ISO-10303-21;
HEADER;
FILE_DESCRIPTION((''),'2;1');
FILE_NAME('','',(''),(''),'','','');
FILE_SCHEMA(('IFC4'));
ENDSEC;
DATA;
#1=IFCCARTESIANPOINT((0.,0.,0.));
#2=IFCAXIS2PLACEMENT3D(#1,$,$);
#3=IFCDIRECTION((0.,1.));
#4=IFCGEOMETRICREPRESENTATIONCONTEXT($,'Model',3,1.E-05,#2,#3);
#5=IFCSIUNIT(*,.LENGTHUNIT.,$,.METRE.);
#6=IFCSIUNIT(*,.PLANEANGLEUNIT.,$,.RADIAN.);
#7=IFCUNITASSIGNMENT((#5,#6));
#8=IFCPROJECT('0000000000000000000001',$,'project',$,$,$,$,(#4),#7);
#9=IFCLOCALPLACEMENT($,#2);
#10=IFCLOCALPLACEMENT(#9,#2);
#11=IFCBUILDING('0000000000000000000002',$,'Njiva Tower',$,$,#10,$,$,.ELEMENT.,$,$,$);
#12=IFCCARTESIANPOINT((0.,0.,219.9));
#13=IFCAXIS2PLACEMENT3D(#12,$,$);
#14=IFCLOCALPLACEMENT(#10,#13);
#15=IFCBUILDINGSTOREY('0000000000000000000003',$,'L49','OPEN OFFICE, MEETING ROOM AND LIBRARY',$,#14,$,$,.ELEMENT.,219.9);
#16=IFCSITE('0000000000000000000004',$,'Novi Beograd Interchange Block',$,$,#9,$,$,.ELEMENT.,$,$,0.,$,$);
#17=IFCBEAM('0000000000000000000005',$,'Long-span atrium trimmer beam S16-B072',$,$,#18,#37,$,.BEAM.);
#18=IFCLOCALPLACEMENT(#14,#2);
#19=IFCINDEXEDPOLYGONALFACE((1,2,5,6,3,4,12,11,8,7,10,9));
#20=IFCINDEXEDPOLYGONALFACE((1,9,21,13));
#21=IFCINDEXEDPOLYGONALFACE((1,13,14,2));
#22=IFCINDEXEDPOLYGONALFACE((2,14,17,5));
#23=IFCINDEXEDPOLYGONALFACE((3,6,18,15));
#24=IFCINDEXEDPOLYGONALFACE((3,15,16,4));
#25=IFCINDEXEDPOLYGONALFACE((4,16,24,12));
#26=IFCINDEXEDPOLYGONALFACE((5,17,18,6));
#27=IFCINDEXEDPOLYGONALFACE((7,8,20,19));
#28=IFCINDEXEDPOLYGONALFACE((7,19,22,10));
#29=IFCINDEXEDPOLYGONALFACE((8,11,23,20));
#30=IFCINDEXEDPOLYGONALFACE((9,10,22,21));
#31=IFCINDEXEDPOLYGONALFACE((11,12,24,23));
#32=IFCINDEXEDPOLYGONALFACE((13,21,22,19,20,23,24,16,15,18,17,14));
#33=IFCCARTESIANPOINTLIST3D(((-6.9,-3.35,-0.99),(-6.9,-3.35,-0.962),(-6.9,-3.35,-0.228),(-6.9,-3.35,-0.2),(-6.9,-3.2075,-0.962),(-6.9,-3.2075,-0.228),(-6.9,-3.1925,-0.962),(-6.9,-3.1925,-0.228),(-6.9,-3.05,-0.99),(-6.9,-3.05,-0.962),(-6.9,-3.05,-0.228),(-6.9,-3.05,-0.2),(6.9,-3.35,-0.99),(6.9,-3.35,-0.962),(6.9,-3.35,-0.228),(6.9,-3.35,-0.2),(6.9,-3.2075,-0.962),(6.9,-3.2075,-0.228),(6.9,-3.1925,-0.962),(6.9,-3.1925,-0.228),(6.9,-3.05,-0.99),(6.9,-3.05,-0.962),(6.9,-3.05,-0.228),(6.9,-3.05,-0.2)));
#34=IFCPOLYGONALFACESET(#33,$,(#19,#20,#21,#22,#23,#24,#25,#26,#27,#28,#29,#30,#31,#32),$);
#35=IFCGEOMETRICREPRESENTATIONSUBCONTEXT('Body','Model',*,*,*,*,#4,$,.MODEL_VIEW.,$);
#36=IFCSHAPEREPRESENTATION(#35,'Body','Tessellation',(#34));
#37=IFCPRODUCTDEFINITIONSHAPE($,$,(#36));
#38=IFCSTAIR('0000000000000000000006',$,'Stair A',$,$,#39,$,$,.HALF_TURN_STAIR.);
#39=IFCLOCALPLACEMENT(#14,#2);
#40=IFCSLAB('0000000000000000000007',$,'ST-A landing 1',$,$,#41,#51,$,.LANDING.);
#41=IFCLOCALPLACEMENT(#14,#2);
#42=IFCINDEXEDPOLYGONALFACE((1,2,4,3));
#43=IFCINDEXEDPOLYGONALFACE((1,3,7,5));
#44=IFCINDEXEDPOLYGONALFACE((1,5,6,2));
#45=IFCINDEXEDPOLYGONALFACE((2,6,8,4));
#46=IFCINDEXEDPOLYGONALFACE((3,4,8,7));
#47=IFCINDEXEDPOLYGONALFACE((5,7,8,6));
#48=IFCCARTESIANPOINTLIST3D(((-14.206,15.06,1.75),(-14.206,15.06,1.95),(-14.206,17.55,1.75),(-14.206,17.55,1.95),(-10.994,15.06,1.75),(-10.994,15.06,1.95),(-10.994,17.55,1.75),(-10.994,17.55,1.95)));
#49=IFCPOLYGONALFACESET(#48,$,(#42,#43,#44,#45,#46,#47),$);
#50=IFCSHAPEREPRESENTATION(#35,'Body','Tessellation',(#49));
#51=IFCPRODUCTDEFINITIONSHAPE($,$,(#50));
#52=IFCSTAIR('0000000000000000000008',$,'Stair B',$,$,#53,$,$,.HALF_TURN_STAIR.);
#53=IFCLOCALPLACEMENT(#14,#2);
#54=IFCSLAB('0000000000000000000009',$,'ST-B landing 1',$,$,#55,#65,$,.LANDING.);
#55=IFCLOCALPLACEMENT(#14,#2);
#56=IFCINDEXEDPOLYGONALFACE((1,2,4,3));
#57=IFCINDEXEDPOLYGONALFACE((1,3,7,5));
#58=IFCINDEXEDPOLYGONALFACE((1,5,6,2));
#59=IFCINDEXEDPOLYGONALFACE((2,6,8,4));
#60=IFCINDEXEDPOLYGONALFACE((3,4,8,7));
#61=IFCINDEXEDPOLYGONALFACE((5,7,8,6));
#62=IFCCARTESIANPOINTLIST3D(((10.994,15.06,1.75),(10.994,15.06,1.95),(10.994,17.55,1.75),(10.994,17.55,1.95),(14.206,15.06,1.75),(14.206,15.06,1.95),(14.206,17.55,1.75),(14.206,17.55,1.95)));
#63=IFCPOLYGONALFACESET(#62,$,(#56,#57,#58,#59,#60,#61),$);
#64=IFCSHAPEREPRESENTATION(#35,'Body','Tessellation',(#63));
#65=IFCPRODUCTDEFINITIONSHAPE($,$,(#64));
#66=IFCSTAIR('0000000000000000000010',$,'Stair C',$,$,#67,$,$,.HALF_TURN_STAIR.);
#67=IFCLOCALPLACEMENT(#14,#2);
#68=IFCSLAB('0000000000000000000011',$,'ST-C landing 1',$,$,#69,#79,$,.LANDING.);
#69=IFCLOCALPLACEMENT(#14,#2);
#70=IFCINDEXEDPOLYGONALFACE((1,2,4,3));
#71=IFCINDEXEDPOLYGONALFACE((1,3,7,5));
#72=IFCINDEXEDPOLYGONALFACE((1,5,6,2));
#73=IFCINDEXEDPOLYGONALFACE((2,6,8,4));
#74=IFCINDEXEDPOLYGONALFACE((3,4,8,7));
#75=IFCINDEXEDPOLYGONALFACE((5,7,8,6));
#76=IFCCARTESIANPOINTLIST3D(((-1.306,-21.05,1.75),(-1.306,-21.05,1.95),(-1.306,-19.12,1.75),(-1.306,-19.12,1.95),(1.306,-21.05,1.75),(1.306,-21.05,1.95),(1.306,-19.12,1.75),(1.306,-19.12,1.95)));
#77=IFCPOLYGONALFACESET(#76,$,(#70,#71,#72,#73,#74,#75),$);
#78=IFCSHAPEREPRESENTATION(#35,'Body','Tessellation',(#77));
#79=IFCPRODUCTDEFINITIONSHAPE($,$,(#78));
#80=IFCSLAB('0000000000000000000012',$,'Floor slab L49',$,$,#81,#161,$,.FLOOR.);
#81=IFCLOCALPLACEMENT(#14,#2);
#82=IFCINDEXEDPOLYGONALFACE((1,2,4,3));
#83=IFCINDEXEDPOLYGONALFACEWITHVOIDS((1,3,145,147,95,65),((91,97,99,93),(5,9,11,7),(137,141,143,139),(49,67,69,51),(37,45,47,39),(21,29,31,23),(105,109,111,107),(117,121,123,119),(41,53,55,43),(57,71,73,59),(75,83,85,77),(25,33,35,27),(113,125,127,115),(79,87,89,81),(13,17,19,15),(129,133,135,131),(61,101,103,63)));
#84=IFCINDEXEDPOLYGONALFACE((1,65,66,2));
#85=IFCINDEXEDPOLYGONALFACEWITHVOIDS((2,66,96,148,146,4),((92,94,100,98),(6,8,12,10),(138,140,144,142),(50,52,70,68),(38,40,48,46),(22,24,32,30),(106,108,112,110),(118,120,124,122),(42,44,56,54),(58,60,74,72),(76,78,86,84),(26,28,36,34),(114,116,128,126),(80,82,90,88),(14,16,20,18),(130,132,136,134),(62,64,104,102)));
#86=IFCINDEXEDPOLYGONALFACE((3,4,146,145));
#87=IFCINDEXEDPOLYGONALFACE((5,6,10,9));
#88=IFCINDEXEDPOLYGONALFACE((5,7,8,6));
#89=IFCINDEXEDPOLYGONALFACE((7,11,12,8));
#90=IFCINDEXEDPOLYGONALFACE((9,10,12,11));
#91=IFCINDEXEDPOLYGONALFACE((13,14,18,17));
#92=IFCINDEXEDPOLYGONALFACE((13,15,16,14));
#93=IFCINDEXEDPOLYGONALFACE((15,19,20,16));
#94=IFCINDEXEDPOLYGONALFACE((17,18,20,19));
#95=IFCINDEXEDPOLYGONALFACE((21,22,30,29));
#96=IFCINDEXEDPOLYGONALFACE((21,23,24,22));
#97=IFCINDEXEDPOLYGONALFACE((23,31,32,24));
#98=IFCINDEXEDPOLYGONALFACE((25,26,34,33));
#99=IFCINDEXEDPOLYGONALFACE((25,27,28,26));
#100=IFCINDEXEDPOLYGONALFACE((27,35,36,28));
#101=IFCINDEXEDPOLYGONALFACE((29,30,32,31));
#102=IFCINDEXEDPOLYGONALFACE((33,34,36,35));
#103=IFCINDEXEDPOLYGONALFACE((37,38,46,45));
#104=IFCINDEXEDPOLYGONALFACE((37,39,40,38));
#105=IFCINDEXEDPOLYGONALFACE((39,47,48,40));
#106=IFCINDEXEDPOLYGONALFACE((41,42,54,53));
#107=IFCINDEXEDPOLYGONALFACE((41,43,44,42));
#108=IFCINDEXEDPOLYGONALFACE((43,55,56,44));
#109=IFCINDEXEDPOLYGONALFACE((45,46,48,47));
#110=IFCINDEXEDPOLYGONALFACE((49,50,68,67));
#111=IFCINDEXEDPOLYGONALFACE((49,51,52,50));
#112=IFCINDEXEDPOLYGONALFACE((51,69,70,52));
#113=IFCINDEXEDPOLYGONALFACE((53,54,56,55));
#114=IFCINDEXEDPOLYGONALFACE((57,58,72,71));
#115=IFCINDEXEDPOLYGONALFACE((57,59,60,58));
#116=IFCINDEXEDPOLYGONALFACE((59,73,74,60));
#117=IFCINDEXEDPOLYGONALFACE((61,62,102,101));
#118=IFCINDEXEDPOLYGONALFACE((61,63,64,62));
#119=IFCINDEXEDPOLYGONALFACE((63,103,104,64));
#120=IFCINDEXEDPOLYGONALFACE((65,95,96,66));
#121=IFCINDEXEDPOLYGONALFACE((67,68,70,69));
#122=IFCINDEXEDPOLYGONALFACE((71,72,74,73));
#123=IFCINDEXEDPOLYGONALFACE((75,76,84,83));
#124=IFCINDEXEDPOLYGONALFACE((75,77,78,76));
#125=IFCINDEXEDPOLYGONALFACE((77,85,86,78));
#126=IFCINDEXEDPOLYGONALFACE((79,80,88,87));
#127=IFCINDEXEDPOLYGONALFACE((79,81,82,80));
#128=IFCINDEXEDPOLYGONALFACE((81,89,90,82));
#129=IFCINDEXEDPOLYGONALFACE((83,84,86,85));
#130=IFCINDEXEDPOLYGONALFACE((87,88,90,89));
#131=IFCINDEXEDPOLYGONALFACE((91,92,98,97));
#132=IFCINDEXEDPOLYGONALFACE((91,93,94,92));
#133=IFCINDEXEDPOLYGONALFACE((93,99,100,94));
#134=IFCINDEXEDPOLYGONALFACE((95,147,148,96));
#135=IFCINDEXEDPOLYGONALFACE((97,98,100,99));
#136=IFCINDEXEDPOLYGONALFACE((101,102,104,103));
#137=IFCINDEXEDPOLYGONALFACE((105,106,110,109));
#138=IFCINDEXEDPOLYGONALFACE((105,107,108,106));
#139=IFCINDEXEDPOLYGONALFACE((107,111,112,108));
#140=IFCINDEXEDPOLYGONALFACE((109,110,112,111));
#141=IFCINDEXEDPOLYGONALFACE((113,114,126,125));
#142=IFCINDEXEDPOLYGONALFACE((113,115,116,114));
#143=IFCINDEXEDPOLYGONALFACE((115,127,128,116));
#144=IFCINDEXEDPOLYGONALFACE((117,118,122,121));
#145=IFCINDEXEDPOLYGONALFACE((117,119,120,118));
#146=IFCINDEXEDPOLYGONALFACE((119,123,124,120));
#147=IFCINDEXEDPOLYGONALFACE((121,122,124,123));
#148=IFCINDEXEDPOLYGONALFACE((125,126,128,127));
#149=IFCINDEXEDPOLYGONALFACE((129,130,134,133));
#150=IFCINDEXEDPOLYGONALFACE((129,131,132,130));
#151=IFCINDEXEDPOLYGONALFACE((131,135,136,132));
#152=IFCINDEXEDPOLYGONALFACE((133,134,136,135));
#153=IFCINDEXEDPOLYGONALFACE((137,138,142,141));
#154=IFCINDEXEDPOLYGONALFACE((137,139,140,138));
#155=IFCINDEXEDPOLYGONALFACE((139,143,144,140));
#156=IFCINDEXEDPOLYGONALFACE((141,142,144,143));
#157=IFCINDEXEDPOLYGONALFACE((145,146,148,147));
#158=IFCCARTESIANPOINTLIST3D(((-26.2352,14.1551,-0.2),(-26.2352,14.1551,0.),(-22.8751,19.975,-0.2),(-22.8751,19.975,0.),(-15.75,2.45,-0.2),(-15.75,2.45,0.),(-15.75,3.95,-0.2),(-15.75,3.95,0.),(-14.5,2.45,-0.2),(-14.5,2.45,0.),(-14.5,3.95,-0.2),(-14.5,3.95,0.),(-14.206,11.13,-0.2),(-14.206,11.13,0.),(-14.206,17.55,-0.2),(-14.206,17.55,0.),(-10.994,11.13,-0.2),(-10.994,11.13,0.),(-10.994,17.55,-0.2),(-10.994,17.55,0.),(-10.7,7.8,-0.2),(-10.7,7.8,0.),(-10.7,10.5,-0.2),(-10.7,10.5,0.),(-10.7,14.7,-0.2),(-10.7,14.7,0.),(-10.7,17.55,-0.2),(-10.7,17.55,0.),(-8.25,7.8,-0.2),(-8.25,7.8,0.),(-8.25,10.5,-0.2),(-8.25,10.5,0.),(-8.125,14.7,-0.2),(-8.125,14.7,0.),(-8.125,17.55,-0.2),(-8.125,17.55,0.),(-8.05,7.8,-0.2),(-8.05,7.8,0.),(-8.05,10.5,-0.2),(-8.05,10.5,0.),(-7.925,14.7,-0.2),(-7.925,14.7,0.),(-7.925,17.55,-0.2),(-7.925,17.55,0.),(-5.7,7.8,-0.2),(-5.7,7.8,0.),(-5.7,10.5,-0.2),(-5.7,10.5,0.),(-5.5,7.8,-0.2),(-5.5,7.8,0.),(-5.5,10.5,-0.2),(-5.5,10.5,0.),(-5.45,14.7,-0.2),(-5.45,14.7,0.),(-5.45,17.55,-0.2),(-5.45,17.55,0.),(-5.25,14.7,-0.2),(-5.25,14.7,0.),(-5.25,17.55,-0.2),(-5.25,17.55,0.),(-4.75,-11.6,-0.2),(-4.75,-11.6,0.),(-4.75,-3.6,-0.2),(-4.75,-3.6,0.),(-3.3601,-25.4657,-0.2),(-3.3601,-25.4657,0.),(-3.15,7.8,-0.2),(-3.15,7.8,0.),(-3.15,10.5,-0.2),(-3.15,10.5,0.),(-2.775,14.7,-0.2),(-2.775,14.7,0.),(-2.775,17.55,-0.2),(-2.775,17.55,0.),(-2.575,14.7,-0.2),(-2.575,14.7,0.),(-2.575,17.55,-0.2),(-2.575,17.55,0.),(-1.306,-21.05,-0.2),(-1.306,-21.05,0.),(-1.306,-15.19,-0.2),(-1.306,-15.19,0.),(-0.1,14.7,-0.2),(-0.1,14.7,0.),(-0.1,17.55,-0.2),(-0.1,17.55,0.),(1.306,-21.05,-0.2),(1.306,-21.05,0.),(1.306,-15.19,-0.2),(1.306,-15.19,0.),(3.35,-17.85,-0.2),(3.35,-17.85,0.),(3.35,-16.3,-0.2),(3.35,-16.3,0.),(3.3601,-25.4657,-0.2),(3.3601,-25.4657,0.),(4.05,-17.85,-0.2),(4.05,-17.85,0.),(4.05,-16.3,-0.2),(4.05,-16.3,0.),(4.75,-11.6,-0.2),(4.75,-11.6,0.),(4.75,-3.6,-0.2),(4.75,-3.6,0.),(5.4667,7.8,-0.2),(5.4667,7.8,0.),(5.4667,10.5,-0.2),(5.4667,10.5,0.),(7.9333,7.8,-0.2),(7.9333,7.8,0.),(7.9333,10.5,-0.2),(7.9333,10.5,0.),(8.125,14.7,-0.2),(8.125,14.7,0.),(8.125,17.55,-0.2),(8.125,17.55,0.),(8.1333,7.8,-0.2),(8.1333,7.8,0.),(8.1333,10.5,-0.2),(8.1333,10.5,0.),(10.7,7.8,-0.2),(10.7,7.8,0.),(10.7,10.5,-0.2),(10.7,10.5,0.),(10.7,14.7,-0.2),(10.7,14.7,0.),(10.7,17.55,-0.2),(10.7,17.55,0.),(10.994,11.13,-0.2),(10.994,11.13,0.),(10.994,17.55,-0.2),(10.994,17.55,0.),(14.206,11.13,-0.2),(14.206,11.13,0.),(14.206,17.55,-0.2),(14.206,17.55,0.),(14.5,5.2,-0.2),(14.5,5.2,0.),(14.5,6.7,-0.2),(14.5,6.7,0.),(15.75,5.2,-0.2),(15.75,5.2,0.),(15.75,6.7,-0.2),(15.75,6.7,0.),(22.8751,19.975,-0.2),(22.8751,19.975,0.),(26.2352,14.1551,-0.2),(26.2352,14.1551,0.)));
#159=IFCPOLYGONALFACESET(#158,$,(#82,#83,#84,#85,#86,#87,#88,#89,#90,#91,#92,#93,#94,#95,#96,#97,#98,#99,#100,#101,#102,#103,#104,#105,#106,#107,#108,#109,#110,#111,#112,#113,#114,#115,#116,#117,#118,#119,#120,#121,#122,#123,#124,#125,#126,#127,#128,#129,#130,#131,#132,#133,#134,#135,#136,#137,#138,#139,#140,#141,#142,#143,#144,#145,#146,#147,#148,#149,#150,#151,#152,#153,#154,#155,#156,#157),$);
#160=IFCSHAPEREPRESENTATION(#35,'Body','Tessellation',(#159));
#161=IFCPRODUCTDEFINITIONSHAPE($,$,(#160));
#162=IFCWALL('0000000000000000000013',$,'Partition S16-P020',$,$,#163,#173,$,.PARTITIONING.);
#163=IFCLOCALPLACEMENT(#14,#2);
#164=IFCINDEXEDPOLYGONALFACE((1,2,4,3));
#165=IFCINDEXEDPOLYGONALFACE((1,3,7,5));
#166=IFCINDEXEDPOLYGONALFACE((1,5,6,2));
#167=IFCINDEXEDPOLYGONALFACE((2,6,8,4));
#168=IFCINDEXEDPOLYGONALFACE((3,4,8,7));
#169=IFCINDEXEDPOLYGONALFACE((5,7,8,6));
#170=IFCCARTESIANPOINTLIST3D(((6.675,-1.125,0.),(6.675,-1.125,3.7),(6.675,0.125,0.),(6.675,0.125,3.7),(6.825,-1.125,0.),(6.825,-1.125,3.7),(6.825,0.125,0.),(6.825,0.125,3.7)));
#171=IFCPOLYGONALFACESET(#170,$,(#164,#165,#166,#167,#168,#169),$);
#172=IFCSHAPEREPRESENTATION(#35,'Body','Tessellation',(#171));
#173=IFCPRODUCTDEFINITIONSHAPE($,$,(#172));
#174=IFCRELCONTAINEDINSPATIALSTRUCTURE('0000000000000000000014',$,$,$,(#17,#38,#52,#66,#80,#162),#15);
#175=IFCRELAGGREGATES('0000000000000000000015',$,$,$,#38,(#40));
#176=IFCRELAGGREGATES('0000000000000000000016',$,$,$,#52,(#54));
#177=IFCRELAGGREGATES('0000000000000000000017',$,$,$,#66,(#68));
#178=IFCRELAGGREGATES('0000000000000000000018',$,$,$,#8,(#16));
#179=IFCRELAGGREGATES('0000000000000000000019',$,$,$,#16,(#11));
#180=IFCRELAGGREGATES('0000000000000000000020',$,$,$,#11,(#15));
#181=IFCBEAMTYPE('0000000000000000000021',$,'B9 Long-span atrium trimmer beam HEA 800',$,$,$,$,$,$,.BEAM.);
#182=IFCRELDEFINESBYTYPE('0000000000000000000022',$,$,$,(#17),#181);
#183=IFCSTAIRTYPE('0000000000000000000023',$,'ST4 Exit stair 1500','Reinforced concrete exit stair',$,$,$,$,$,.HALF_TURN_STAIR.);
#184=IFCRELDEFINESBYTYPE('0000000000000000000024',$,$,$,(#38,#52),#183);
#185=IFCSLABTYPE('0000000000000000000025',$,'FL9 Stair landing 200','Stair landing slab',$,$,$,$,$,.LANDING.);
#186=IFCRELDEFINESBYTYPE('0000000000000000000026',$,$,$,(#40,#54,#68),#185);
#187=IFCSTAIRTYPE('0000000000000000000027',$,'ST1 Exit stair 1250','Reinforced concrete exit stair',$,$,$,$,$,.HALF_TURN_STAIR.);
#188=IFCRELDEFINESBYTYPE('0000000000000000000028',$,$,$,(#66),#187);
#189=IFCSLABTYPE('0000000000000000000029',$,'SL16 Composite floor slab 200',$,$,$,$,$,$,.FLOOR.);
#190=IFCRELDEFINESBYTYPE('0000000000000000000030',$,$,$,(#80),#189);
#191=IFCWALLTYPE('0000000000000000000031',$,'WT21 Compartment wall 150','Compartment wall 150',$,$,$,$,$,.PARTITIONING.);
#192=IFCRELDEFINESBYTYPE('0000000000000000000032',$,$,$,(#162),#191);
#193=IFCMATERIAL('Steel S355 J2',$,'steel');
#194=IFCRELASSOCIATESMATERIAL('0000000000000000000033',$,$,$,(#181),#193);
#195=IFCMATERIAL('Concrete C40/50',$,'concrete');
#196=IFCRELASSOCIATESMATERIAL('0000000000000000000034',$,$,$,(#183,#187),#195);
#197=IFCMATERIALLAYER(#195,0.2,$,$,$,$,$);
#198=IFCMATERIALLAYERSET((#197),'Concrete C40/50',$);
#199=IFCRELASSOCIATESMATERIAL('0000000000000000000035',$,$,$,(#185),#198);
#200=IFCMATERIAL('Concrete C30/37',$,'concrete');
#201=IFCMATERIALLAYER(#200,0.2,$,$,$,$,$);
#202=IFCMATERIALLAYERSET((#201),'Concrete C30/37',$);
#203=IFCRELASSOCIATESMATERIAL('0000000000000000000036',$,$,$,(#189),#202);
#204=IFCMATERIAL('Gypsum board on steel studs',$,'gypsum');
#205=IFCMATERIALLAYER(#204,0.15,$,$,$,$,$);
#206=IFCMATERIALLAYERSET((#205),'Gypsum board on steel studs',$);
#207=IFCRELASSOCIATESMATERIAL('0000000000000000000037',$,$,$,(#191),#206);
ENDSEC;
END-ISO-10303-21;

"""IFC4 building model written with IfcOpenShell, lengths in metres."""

from ifc_helpers import new_model, si_unit, direction, frame, frame_2d, origin, origin_2d, place, context, subcontext, project, spatial, polyline, rectangle, i_section, outline, extrude, material, layer, layer_set, material_profile, profile_set, type_object, element, aggregate, save


model = new_model("IFC4")

# Units and contexts
model_context = context("Model", 3, precision=1e-05, world=origin(), true_north=direction((0.0, 1.0)))
body_context = subcontext(model_context, "Body", "Model", "MODEL_VIEW")
ifc_project = project(units=[si_unit("LENGTHUNIT", "METRE"), si_unit("PLANEANGLEUNIT", "RADIAN")], contexts=[model_context])

# Site, building, storey
site_placement = place(None, origin())
site = spatial("IfcSite", under=ifc_project, at=site_placement, Name="Novi Beograd Interchange Block", CompositionType="ELEMENT", RefElevation=0.0)
building_placement = place(site_placement, origin())
building = spatial("IfcBuilding", under=site, at=building_placement, Name="Njiva Tower", CompositionType="ELEMENT")
storey_placement = place(building_placement, frame((0.0, 0.0, 219.9)))
storey = spatial("IfcBuildingStorey", under=building, at=storey_placement, Name="L49", Description="OPEN OFFICE, MEETING ROOM AND LIBRARY", CompositionType="ELEMENT", Elevation=219.9)

# Shared definitions
ifc_material_1 = material(Name="Steel S355 J2", Category="steel")

# Beam
ifc_material_profile_1 = material_profile(ifc_material_1, i_section(OverallWidth=0.3, OverallDepth=0.79, WebThickness=0.015, FlangeThickness=0.028, at=origin_2d()), Name="HEA 800")
ifc_profile_set_1 = profile_set([ifc_material_profile_1], Name="Steel S355 J2")
beam_type_1 = type_object("IfcBeamType", Name="B9 Long-span atrium trimmer beam HEA 800", PredefinedType="BEAM", material=ifc_profile_set_1)
beam_1_placement = place(storey_placement, frame((6.9, -3.2, -0.595), z_axis=(-1.0, 0.0, 0.0), x_axis=(0.0, -1.0, 0.0)))
element("IfcBeam", 1, at=beam_1_placement, inside=storey, type_object=beam_type_1, Name="Long-span atrium trimmer beam S16-B072", PredefinedType="BEAM", context=body_context, shape_type="SweptSolid", body=[
    extrude(i_section(OverallWidth=0.3, OverallDepth=0.79, WebThickness=0.015, FlangeThickness=0.028, at=origin_2d()), origin(), (0.0, 0.0, 1.0), 13.8),
])

# Stairs, slabs
ifc_material_2 = material(Name="Concrete C40/50", Category="concrete")
stair_type_1 = type_object("IfcStairType", Name="ST4 Exit stair 1500", Description="Reinforced concrete exit stair", PredefinedType="HALF_TURN_STAIR", material=ifc_material_2)
stair_1_placement = place(storey_placement, origin())
stair_1 = element("IfcStair", 2, at=stair_1_placement, inside=storey, type_object=stair_type_1, Name="Stair A", PredefinedType="HALF_TURN_STAIR")
ifc_layer_1 = layer(ifc_material_2, 0.2)
ifc_layer_set_1 = layer_set([ifc_layer_1], Name="Concrete C40/50")
slab_type_1 = type_object("IfcSlabType", Name="FL9 Stair landing 200", Description="Stair landing slab", PredefinedType="LANDING", material=ifc_layer_set_1)
slab_1_placement = place(storey_placement, frame((0.0, 0.0, 1.75)))
slab_1 = element("IfcSlab", 3, at=slab_1_placement, type_object=slab_type_1, Name="ST-A landing 1", PredefinedType="LANDING", context=body_context, shape_type="SweptSolid", body=[
    extrude(outline(polyline([(-14.206, 15.06), (-10.994, 15.06), (-10.994, 17.55), (-14.206, 17.55), (-14.206, 15.06)])), origin(), (0.0, 0.0, 1.0), 0.2),
])
aggregate(stair_1, [slab_1])
stair_2_placement = place(storey_placement, origin())
stair_2 = element("IfcStair", 4, at=stair_2_placement, inside=storey, type_object=stair_type_1, Name="Stair B", PredefinedType="HALF_TURN_STAIR")
slab_2_placement = place(storey_placement, frame((0.0, 0.0, 1.75)))
slab_2 = element("IfcSlab", 5, at=slab_2_placement, type_object=slab_type_1, Name="ST-B landing 1", PredefinedType="LANDING", context=body_context, shape_type="SweptSolid", body=[
    extrude(outline(polyline([(10.994, 15.06), (14.206, 15.06), (14.206, 17.55), (10.994, 17.55), (10.994, 15.06)])), origin(), (0.0, 0.0, 1.0), 0.2),
])
aggregate(stair_2, [slab_2])
stair_type_2 = type_object("IfcStairType", Name="ST1 Exit stair 1250", Description="Reinforced concrete exit stair", PredefinedType="HALF_TURN_STAIR", material=ifc_material_2)
stair_3_placement = place(storey_placement, origin())
stair_3 = element("IfcStair", 6, at=stair_3_placement, inside=storey, type_object=stair_type_2, Name="Stair C", PredefinedType="HALF_TURN_STAIR")
slab_3_placement = place(storey_placement, frame((0.0, 0.0, 1.75)))
slab_3 = element("IfcSlab", 7, at=slab_3_placement, type_object=slab_type_1, Name="ST-C landing 1", PredefinedType="LANDING", context=body_context, shape_type="SweptSolid", body=[
    extrude(outline(polyline([(-1.306, -21.05), (1.306, -21.05), (1.306, -19.12), (-1.306, -19.12), (-1.306, -21.05)])), origin(), (0.0, 0.0, 1.0), 0.2),
])
aggregate(stair_3, [slab_3])

# Slab
ifc_material_3 = material(Name="Concrete C30/37", Category="concrete")
ifc_layer_2 = layer(ifc_material_3, 0.2)
ifc_layer_set_2 = layer_set([ifc_layer_2], Name="Concrete C30/37")
slab_type_2 = type_object("IfcSlabType", Name="SL16 Composite floor slab 200", PredefinedType="FLOOR", material=ifc_layer_set_2)
slab_4_placement = place(storey_placement, frame((0.0, 0.0, -0.2)))
element("IfcSlab", 8, at=slab_4_placement, inside=storey, type_object=slab_type_2, Name="Floor slab L49", PredefinedType="FLOOR", context=body_context, shape_type="SweptSolid", body=[
    extrude(outline(polyline([(26.2352, 14.1551), (3.3601, -25.4657), (-3.3601, -25.4657), (-26.2352, 14.1551), (-22.8751, 19.975), (22.8751, 19.975), (26.2352, 14.1551)]), holes=[polyline([(14.5, 5.2), (15.75, 5.2), (15.75, 6.7), (14.5, 6.7), (14.5, 5.2)]), polyline([(10.994, 17.55), (10.994, 11.13), (14.206, 11.13), (14.206, 17.55), (10.994, 17.55)]), polyline([(8.125, 17.55), (8.125, 14.7), (10.7, 14.7), (10.7, 17.55), (8.125, 17.55)]), polyline([(8.1333, 7.8), (10.7, 7.8), (10.7, 10.5), (8.1333, 10.5), (8.1333, 7.8)]), polyline([(5.4667, 7.8), (7.9333, 7.8), (7.9333, 10.5), (5.4667, 10.5), (5.4667, 7.8)]), polyline([(4.75, -11.6), (4.75, -3.6), (-4.75, -3.6), (-4.75, -11.6), (4.75, -11.6)]), polyline([(3.35, -17.85), (4.05, -17.85), (4.05, -16.3), (3.35, -16.3), (3.35, -17.85)]), polyline([(-1.306, -21.05), (1.306, -21.05), (1.306, -15.19), (-1.306, -15.19), (-1.306, -21.05)]), polyline([(-2.575, 14.7), (-0.1, 14.7), (-0.1, 17.55), (-2.575, 17.55), (-2.575, 14.7)]), polyline([(-5.25, 14.7), (-2.775, 14.7), (-2.775, 17.55), (-5.25, 17.55), (-5.25, 14.7)]), polyline([(-5.5, 7.8), (-3.15, 7.8), (-3.15, 10.5), (-5.5, 10.5), (-5.5, 7.8)]), polyline([(-7.925, 14.7), (-5.45, 14.7), (-5.45, 17.55), (-7.925, 17.55), (-7.925, 14.7)]), polyline([(-8.05, 7.8), (-5.7, 7.8), (-5.7, 10.5), (-8.05, 10.5), (-8.05, 7.8)]), polyline([(-10.7, 14.7), (-8.125, 14.7), (-8.125, 17.55), (-10.7, 17.55), (-10.7, 14.7)]), polyline([(-10.7, 7.8), (-8.25, 7.8), (-8.25, 10.5), (-10.7, 10.5), (-10.7, 7.8)]), polyline([(-14.206, 11.13), (-10.994, 11.13), (-10.994, 17.55), (-14.206, 17.55), (-14.206, 11.13)]), polyline([(-15.75, 2.45), (-14.5, 2.45), (-14.5, 3.95), (-15.75, 3.95), (-15.75, 2.45)])]), origin(), (0.0, 0.0, 1.0), 0.2),
])

# Wall
ifc_material_4 = material(Name="Gypsum board on steel studs", Category="gypsum")
ifc_layer_3 = layer(ifc_material_4, 0.15)
ifc_layer_set_3 = layer_set([ifc_layer_3], Name="Gypsum board on steel studs")
wall_type_1 = type_object("IfcWallType", Name="WT21 Compartment wall 150", Description="Compartment wall 150", PredefinedType="PARTITIONING", material=ifc_layer_set_3)
wall_1_placement = place(storey_placement, frame((6.75, -1.125, 0.0), z_axis=(0.0, 0.0, 1.0), x_axis=(0.0, 1.0, 0.0)))
element("IfcWall", 9, at=wall_1_placement, inside=storey, type_object=wall_type_1, Name="Partition S16-P020", PredefinedType="PARTITIONING", context=body_context, shape_type="SweptSolid", body=[
    extrude(rectangle(XDim=1.25, YDim=0.15, at=frame_2d((0.625, 0.0))), origin(), (0.0, 0.0, 1.0), 3.7),
])

save(model, "model.ifc")
